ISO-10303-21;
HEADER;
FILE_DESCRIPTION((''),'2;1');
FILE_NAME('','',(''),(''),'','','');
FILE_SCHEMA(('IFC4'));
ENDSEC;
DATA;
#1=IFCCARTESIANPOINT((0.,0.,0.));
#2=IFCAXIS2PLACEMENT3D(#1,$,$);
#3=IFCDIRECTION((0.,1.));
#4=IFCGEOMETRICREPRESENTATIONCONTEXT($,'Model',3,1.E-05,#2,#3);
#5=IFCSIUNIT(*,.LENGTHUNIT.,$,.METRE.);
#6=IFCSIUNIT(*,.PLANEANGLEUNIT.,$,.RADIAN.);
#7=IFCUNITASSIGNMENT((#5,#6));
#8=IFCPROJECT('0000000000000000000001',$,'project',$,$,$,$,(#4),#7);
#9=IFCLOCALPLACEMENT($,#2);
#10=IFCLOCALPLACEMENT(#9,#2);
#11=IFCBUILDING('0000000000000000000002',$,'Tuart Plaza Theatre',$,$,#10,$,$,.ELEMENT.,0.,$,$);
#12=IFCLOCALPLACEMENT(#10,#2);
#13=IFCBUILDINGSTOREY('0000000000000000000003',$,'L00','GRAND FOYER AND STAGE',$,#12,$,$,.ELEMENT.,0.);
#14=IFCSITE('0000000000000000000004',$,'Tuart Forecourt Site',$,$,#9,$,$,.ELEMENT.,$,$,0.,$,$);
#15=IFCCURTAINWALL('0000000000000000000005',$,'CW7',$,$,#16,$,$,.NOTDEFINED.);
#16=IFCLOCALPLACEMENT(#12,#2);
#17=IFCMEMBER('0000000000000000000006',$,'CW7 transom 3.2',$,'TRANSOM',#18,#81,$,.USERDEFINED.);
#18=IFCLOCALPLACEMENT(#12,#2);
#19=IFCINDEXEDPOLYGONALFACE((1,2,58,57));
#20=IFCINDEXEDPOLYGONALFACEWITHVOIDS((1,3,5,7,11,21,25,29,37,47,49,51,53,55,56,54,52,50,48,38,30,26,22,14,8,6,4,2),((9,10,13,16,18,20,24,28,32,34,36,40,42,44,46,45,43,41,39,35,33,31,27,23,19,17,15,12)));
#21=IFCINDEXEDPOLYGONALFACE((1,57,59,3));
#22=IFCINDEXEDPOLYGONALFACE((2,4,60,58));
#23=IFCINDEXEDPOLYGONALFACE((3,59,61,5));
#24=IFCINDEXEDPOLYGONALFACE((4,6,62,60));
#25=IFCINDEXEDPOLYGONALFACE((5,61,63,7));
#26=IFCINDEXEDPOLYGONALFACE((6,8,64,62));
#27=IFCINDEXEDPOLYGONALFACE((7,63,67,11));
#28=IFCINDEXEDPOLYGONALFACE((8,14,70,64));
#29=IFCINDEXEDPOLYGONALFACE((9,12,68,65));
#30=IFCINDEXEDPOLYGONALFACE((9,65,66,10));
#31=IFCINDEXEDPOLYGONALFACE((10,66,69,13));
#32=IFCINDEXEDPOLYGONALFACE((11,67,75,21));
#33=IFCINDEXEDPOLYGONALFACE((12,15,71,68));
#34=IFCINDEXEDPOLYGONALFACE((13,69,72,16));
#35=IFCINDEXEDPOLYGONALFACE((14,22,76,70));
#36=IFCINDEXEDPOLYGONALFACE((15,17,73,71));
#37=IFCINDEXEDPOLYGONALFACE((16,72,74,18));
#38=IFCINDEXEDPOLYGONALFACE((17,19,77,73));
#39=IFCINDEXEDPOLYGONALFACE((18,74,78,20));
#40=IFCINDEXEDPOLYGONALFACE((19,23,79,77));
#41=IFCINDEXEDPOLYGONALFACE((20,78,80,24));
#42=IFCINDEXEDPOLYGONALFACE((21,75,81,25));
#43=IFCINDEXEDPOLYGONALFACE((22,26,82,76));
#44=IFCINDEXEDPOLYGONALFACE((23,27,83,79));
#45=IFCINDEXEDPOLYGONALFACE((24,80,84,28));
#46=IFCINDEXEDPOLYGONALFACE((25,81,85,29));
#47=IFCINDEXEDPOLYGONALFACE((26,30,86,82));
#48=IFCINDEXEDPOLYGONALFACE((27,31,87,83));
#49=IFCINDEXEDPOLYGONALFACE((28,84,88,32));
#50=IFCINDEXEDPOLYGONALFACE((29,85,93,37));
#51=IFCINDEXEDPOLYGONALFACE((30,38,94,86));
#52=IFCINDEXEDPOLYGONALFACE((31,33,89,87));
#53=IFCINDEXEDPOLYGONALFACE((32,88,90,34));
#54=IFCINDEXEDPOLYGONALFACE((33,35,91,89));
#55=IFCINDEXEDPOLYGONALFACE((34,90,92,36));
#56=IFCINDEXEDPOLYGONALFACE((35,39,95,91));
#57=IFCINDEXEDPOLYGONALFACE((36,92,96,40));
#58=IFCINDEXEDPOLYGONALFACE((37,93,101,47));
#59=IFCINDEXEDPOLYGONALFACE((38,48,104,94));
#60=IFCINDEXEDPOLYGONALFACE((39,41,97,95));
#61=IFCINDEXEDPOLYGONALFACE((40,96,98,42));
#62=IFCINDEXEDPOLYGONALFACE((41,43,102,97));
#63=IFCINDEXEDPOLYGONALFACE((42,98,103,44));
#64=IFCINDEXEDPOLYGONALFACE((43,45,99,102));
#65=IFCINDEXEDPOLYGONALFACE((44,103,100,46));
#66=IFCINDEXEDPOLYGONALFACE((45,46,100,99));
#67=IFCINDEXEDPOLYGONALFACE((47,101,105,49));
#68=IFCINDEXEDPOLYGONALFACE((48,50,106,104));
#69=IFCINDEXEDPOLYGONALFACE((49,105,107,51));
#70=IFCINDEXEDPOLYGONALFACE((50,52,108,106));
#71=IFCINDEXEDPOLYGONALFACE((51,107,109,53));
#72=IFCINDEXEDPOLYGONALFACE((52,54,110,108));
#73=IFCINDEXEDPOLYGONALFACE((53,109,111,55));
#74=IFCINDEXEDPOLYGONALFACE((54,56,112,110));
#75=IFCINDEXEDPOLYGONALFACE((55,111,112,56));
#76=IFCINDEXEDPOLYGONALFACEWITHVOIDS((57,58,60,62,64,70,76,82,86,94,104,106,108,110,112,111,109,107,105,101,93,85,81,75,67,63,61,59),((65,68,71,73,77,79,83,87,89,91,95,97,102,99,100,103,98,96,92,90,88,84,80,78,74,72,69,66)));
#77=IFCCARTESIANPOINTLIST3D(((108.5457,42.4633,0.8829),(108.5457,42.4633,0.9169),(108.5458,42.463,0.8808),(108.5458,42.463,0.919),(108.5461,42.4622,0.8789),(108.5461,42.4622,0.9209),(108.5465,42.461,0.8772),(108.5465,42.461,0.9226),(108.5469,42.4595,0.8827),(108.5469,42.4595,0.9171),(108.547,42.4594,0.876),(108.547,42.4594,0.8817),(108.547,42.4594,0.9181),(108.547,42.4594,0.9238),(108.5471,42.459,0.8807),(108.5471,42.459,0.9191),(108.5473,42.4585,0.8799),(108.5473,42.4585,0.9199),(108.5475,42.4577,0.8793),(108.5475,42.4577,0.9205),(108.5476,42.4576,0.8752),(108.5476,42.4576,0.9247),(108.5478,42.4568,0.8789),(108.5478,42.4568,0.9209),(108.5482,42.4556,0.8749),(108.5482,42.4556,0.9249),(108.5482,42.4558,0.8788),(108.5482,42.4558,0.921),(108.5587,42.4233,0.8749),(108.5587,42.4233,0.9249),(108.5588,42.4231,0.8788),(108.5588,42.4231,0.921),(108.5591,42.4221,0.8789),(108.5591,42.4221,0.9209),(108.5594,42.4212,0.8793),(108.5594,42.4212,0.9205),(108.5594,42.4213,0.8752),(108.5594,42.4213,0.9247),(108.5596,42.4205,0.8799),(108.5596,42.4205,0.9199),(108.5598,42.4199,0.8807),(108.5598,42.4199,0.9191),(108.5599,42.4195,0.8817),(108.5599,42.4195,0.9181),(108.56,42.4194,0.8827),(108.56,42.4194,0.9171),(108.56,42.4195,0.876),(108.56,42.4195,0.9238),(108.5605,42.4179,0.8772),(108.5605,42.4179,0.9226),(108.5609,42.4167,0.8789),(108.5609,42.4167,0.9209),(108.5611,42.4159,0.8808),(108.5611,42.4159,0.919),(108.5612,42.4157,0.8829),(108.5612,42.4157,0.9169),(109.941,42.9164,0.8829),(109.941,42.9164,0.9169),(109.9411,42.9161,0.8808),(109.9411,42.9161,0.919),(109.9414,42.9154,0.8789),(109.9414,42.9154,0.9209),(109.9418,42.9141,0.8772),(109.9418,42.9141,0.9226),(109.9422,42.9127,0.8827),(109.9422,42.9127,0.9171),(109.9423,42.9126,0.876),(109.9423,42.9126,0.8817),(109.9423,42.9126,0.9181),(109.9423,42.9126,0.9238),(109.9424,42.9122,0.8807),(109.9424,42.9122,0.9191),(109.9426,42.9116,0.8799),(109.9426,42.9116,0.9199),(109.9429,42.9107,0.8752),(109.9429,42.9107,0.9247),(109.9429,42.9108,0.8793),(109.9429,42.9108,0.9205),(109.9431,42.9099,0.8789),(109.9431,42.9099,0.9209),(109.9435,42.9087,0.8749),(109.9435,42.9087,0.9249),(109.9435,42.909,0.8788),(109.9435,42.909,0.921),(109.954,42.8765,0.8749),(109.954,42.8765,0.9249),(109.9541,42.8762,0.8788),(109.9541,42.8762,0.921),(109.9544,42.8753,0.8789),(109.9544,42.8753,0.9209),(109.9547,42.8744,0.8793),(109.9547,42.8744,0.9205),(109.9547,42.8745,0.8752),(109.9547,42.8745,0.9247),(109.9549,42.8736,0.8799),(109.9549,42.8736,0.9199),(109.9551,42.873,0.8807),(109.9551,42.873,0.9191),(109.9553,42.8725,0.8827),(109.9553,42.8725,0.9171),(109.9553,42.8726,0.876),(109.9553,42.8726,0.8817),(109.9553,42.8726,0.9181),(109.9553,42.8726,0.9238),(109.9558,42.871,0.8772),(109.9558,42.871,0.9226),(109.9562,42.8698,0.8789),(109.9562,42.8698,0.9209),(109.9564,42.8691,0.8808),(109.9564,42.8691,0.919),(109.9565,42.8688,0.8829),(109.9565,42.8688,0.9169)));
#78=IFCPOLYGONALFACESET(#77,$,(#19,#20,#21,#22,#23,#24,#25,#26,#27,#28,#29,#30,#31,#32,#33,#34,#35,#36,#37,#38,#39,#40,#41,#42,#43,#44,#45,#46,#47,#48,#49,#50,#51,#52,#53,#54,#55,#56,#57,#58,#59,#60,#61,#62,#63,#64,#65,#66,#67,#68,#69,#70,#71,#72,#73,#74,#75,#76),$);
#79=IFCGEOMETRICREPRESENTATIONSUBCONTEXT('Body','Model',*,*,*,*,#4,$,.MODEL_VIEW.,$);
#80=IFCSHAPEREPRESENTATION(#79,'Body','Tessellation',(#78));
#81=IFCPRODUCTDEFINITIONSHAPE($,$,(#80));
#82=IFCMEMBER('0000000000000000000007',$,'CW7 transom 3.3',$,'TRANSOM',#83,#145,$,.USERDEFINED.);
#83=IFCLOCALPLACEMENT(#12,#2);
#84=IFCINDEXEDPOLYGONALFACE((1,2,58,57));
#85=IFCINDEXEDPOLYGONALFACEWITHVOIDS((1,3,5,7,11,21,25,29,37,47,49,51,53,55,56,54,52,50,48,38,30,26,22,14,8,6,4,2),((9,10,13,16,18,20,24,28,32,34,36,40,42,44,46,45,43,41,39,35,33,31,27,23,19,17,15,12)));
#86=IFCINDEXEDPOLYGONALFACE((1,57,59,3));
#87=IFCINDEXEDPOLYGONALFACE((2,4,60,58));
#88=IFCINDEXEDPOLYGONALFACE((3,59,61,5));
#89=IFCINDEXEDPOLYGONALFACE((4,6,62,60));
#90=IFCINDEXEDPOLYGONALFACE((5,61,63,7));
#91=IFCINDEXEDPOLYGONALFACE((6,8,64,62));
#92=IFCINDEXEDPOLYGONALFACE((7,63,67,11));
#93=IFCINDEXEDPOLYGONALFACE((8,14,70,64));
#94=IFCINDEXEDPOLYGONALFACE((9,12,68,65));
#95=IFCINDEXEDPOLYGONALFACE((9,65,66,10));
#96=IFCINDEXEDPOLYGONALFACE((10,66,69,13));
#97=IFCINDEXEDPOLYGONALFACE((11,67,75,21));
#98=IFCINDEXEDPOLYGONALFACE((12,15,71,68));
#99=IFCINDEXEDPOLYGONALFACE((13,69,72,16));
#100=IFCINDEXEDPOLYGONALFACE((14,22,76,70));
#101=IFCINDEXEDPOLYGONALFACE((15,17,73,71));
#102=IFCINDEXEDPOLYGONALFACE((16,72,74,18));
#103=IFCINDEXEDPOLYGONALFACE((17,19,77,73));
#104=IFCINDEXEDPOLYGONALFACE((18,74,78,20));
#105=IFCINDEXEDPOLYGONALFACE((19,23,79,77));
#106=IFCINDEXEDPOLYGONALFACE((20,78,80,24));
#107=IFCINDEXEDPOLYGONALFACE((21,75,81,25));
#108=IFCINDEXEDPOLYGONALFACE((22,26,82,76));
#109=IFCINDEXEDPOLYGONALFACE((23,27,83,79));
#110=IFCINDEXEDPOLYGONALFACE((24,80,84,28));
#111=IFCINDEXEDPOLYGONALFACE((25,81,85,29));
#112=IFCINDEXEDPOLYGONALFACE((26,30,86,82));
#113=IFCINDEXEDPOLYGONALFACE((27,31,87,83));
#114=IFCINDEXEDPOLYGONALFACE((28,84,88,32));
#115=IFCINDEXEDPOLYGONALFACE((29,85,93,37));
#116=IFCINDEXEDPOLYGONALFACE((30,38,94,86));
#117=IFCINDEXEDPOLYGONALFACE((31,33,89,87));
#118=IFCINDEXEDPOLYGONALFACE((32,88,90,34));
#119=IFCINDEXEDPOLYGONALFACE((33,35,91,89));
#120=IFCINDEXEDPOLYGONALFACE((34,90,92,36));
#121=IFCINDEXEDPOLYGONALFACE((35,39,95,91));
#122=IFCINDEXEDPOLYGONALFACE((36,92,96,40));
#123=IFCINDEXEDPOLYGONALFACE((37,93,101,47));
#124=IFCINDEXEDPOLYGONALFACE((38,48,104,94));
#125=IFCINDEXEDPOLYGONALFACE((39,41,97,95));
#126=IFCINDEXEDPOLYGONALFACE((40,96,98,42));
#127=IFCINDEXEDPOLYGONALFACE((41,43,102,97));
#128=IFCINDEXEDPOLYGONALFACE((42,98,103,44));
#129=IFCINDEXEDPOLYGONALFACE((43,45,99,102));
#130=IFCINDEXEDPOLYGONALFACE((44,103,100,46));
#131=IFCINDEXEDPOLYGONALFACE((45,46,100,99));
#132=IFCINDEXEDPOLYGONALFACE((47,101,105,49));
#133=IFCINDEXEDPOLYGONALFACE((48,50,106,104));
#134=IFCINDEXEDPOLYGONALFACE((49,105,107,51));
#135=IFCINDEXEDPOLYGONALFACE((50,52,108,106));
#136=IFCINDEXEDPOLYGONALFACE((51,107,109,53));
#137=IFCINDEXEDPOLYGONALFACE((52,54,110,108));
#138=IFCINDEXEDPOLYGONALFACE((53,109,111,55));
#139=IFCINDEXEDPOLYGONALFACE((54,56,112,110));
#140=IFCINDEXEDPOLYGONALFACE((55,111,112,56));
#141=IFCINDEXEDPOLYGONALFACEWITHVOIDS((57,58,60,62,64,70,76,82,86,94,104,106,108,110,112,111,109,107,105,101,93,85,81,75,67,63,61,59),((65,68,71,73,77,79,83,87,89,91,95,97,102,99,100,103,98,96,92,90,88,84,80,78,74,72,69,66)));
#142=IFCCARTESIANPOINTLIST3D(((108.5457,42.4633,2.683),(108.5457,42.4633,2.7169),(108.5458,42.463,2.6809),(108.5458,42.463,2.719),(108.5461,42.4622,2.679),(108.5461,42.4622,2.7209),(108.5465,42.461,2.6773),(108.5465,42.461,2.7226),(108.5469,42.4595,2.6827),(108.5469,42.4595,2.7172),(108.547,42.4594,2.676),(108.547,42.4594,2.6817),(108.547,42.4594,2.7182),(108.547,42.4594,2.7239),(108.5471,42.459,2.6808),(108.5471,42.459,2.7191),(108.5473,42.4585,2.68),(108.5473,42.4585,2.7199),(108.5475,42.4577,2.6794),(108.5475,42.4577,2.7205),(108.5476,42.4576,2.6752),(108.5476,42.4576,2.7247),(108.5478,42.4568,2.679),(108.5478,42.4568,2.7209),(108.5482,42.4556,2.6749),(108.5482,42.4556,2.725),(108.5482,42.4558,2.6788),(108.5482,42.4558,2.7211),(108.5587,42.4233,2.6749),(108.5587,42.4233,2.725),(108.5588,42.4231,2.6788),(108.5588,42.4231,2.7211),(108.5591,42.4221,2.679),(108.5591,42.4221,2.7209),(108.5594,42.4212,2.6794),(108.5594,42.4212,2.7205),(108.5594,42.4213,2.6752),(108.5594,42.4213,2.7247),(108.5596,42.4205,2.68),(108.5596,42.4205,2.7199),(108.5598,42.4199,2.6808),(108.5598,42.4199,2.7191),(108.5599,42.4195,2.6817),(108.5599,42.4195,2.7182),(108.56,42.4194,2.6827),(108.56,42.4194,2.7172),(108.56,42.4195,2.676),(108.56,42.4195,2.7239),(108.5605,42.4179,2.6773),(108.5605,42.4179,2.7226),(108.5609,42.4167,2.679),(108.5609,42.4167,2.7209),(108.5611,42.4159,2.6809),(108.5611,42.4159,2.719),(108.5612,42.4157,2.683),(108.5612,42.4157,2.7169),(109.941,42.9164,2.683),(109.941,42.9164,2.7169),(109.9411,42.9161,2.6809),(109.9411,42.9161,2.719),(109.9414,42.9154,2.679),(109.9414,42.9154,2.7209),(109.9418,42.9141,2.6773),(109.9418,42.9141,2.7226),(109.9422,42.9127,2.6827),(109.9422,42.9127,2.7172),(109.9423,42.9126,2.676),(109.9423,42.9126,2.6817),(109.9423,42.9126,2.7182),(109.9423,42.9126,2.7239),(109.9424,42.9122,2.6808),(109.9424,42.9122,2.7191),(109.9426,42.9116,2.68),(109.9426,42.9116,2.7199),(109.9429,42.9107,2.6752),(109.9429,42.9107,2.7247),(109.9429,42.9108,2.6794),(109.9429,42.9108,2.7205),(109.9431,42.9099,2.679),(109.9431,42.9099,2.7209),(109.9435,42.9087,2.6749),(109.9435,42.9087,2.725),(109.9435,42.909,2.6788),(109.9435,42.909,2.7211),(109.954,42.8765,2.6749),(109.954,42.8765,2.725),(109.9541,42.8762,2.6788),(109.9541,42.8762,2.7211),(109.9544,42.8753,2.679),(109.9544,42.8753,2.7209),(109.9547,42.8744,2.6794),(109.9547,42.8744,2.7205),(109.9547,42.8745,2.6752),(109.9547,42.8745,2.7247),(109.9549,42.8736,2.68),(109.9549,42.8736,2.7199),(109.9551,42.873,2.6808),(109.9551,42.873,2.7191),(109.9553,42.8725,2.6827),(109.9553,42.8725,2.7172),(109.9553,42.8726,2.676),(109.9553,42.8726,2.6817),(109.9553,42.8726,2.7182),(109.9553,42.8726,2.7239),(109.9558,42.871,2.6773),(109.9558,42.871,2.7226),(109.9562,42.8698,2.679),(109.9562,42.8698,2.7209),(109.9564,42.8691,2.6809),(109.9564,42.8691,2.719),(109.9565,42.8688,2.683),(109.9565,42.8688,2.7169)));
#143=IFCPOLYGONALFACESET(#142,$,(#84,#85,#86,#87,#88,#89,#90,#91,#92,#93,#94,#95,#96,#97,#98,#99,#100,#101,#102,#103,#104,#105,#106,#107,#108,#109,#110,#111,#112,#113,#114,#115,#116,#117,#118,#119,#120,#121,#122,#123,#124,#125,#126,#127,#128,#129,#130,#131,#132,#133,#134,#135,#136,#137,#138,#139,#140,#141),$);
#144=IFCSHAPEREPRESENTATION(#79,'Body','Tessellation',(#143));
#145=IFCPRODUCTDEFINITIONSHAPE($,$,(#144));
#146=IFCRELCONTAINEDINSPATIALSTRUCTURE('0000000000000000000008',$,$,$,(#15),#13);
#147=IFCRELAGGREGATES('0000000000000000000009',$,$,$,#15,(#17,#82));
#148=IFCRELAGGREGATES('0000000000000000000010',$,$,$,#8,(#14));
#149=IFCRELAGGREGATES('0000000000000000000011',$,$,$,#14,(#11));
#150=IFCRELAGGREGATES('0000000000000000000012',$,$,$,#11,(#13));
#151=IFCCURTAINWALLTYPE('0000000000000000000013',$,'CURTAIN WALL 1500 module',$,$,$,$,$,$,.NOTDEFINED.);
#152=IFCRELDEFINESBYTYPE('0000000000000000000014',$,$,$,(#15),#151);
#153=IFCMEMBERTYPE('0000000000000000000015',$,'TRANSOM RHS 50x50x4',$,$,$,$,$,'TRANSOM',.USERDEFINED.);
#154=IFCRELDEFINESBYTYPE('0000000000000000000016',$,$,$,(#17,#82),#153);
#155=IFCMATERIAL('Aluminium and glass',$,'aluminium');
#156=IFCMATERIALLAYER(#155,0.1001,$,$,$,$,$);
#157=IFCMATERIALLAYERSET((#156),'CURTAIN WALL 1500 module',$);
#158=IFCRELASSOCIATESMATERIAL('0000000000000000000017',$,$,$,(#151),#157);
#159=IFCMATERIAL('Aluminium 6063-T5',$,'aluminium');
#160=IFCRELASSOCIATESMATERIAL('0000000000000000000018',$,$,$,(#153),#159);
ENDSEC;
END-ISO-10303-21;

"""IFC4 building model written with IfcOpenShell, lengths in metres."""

from ifc_helpers import new_model, si_unit, direction, frame, origin, origin_2d, place, context, subcontext, project, spatial, hollow_rectangle, extrude, material, layer, layer_set, material_profile, profile_set, type_object, element, aggregate, save


model = new_model("IFC4")

# Units and contexts
model_context = context("Model", 3, precision=1e-05, world=origin(), true_north=direction((0.0, 1.0)))
body_context = subcontext(model_context, "Body", "Model", "MODEL_VIEW")
ifc_project = project(units=[si_unit("LENGTHUNIT", "METRE"), si_unit("PLANEANGLEUNIT", "RADIAN")], contexts=[model_context])

# Site, building, storey
site_placement = place(None, origin())
site = spatial("IfcSite", under=ifc_project, at=site_placement, Name="Tuart Forecourt Site", CompositionType="ELEMENT", RefElevation=0.0)
building_placement = place(site_placement, origin())
building = spatial("IfcBuilding", under=site, at=building_placement, Name="Tuart Plaza Theatre", CompositionType="ELEMENT", ElevationOfRefHeight=0.0)
storey_placement = place(building_placement, origin())
storey = spatial("IfcBuildingStorey", under=building, at=storey_placement, Name="L00", Description="GRAND FOYER AND STAGE", CompositionType="ELEMENT", Elevation=0.0)

# Curtain wall
ifc_material_1 = material(Name="Aluminium and glass", Category="aluminium")
ifc_layer_1 = layer(ifc_material_1, 0.1001)
ifc_layer_set_1 = layer_set([ifc_layer_1], Name="CURTAIN WALL 1500 module")
curtain_wall_type = type_object("IfcCurtainWallType", Name="CURTAIN WALL 1500 module", PredefinedType="NOTDEFINED", material=ifc_layer_set_1)
curtain_wall_1_placement = place(storey_placement, origin())
curtain_wall_1 = element("IfcCurtainWall", 1, at=curtain_wall_1_placement, inside=storey, type_object=curtain_wall_type, Name="CW7", PredefinedType="NOTDEFINED")

# Members
ifc_material_2 = material(Name="Aluminium 6063-T5", Category="aluminium")
ifc_material_profile_1 = material_profile(ifc_material_2, hollow_rectangle(XDim=0.05, YDim=0.05, WallThickness=0.0039, InnerFilletRadius=0.0039, OuterFilletRadius=0.0081, at=origin_2d()), Name="RHS 50x50x4")
ifc_profile_set_1 = profile_set([ifc_material_profile_1], Name="Aluminium 6063-T5")
member_type_1 = type_object("IfcMemberType", Name="TRANSOM RHS 50x50x4", ElementType="TRANSOM", PredefinedType="USERDEFINED", material=ifc_profile_set_1)
member_1_placement = place(storey_placement, frame((108.5535, 42.4395, 0.8999), z_axis=(0.951101, 0.308879, 0.0), x_axis=(-0.308879, 0.951101, 0.0)))
member_1 = element("IfcMember", 2, at=member_1_placement, type_object=member_type_1, Name="CW7 transom 3.2", ObjectType="TRANSOM", PredefinedType="USERDEFINED", context=body_context, shape_type="SweptSolid", body=[
    extrude(hollow_rectangle(XDim=0.05, YDim=0.05, WallThickness=0.0039, InnerFilletRadius=0.0039, OuterFilletRadius=0.0081, at=origin_2d()), origin(), (0.0, 0.0, 1.0), 1.467),
])
member_2_placement = place(storey_placement, frame((108.5535, 42.4395, 2.7), z_axis=(0.951101, 0.308879, 0.0), x_axis=(-0.308879, 0.951101, 0.0)))
member_2 = element("IfcMember", 3, at=member_2_placement, type_object=member_type_1, Name="CW7 transom 3.3", ObjectType="TRANSOM", PredefinedType="USERDEFINED", context=body_context, shape_type="SweptSolid", body=[
    extrude(hollow_rectangle(XDim=0.05, YDim=0.05, WallThickness=0.0039, InnerFilletRadius=0.0039, OuterFilletRadius=0.0081, at=origin_2d()), origin(), (0.0, 0.0, 1.0), 1.467),
])

aggregate(curtain_wall_1, [member_1, member_2])

save(model, "model.ifc")
